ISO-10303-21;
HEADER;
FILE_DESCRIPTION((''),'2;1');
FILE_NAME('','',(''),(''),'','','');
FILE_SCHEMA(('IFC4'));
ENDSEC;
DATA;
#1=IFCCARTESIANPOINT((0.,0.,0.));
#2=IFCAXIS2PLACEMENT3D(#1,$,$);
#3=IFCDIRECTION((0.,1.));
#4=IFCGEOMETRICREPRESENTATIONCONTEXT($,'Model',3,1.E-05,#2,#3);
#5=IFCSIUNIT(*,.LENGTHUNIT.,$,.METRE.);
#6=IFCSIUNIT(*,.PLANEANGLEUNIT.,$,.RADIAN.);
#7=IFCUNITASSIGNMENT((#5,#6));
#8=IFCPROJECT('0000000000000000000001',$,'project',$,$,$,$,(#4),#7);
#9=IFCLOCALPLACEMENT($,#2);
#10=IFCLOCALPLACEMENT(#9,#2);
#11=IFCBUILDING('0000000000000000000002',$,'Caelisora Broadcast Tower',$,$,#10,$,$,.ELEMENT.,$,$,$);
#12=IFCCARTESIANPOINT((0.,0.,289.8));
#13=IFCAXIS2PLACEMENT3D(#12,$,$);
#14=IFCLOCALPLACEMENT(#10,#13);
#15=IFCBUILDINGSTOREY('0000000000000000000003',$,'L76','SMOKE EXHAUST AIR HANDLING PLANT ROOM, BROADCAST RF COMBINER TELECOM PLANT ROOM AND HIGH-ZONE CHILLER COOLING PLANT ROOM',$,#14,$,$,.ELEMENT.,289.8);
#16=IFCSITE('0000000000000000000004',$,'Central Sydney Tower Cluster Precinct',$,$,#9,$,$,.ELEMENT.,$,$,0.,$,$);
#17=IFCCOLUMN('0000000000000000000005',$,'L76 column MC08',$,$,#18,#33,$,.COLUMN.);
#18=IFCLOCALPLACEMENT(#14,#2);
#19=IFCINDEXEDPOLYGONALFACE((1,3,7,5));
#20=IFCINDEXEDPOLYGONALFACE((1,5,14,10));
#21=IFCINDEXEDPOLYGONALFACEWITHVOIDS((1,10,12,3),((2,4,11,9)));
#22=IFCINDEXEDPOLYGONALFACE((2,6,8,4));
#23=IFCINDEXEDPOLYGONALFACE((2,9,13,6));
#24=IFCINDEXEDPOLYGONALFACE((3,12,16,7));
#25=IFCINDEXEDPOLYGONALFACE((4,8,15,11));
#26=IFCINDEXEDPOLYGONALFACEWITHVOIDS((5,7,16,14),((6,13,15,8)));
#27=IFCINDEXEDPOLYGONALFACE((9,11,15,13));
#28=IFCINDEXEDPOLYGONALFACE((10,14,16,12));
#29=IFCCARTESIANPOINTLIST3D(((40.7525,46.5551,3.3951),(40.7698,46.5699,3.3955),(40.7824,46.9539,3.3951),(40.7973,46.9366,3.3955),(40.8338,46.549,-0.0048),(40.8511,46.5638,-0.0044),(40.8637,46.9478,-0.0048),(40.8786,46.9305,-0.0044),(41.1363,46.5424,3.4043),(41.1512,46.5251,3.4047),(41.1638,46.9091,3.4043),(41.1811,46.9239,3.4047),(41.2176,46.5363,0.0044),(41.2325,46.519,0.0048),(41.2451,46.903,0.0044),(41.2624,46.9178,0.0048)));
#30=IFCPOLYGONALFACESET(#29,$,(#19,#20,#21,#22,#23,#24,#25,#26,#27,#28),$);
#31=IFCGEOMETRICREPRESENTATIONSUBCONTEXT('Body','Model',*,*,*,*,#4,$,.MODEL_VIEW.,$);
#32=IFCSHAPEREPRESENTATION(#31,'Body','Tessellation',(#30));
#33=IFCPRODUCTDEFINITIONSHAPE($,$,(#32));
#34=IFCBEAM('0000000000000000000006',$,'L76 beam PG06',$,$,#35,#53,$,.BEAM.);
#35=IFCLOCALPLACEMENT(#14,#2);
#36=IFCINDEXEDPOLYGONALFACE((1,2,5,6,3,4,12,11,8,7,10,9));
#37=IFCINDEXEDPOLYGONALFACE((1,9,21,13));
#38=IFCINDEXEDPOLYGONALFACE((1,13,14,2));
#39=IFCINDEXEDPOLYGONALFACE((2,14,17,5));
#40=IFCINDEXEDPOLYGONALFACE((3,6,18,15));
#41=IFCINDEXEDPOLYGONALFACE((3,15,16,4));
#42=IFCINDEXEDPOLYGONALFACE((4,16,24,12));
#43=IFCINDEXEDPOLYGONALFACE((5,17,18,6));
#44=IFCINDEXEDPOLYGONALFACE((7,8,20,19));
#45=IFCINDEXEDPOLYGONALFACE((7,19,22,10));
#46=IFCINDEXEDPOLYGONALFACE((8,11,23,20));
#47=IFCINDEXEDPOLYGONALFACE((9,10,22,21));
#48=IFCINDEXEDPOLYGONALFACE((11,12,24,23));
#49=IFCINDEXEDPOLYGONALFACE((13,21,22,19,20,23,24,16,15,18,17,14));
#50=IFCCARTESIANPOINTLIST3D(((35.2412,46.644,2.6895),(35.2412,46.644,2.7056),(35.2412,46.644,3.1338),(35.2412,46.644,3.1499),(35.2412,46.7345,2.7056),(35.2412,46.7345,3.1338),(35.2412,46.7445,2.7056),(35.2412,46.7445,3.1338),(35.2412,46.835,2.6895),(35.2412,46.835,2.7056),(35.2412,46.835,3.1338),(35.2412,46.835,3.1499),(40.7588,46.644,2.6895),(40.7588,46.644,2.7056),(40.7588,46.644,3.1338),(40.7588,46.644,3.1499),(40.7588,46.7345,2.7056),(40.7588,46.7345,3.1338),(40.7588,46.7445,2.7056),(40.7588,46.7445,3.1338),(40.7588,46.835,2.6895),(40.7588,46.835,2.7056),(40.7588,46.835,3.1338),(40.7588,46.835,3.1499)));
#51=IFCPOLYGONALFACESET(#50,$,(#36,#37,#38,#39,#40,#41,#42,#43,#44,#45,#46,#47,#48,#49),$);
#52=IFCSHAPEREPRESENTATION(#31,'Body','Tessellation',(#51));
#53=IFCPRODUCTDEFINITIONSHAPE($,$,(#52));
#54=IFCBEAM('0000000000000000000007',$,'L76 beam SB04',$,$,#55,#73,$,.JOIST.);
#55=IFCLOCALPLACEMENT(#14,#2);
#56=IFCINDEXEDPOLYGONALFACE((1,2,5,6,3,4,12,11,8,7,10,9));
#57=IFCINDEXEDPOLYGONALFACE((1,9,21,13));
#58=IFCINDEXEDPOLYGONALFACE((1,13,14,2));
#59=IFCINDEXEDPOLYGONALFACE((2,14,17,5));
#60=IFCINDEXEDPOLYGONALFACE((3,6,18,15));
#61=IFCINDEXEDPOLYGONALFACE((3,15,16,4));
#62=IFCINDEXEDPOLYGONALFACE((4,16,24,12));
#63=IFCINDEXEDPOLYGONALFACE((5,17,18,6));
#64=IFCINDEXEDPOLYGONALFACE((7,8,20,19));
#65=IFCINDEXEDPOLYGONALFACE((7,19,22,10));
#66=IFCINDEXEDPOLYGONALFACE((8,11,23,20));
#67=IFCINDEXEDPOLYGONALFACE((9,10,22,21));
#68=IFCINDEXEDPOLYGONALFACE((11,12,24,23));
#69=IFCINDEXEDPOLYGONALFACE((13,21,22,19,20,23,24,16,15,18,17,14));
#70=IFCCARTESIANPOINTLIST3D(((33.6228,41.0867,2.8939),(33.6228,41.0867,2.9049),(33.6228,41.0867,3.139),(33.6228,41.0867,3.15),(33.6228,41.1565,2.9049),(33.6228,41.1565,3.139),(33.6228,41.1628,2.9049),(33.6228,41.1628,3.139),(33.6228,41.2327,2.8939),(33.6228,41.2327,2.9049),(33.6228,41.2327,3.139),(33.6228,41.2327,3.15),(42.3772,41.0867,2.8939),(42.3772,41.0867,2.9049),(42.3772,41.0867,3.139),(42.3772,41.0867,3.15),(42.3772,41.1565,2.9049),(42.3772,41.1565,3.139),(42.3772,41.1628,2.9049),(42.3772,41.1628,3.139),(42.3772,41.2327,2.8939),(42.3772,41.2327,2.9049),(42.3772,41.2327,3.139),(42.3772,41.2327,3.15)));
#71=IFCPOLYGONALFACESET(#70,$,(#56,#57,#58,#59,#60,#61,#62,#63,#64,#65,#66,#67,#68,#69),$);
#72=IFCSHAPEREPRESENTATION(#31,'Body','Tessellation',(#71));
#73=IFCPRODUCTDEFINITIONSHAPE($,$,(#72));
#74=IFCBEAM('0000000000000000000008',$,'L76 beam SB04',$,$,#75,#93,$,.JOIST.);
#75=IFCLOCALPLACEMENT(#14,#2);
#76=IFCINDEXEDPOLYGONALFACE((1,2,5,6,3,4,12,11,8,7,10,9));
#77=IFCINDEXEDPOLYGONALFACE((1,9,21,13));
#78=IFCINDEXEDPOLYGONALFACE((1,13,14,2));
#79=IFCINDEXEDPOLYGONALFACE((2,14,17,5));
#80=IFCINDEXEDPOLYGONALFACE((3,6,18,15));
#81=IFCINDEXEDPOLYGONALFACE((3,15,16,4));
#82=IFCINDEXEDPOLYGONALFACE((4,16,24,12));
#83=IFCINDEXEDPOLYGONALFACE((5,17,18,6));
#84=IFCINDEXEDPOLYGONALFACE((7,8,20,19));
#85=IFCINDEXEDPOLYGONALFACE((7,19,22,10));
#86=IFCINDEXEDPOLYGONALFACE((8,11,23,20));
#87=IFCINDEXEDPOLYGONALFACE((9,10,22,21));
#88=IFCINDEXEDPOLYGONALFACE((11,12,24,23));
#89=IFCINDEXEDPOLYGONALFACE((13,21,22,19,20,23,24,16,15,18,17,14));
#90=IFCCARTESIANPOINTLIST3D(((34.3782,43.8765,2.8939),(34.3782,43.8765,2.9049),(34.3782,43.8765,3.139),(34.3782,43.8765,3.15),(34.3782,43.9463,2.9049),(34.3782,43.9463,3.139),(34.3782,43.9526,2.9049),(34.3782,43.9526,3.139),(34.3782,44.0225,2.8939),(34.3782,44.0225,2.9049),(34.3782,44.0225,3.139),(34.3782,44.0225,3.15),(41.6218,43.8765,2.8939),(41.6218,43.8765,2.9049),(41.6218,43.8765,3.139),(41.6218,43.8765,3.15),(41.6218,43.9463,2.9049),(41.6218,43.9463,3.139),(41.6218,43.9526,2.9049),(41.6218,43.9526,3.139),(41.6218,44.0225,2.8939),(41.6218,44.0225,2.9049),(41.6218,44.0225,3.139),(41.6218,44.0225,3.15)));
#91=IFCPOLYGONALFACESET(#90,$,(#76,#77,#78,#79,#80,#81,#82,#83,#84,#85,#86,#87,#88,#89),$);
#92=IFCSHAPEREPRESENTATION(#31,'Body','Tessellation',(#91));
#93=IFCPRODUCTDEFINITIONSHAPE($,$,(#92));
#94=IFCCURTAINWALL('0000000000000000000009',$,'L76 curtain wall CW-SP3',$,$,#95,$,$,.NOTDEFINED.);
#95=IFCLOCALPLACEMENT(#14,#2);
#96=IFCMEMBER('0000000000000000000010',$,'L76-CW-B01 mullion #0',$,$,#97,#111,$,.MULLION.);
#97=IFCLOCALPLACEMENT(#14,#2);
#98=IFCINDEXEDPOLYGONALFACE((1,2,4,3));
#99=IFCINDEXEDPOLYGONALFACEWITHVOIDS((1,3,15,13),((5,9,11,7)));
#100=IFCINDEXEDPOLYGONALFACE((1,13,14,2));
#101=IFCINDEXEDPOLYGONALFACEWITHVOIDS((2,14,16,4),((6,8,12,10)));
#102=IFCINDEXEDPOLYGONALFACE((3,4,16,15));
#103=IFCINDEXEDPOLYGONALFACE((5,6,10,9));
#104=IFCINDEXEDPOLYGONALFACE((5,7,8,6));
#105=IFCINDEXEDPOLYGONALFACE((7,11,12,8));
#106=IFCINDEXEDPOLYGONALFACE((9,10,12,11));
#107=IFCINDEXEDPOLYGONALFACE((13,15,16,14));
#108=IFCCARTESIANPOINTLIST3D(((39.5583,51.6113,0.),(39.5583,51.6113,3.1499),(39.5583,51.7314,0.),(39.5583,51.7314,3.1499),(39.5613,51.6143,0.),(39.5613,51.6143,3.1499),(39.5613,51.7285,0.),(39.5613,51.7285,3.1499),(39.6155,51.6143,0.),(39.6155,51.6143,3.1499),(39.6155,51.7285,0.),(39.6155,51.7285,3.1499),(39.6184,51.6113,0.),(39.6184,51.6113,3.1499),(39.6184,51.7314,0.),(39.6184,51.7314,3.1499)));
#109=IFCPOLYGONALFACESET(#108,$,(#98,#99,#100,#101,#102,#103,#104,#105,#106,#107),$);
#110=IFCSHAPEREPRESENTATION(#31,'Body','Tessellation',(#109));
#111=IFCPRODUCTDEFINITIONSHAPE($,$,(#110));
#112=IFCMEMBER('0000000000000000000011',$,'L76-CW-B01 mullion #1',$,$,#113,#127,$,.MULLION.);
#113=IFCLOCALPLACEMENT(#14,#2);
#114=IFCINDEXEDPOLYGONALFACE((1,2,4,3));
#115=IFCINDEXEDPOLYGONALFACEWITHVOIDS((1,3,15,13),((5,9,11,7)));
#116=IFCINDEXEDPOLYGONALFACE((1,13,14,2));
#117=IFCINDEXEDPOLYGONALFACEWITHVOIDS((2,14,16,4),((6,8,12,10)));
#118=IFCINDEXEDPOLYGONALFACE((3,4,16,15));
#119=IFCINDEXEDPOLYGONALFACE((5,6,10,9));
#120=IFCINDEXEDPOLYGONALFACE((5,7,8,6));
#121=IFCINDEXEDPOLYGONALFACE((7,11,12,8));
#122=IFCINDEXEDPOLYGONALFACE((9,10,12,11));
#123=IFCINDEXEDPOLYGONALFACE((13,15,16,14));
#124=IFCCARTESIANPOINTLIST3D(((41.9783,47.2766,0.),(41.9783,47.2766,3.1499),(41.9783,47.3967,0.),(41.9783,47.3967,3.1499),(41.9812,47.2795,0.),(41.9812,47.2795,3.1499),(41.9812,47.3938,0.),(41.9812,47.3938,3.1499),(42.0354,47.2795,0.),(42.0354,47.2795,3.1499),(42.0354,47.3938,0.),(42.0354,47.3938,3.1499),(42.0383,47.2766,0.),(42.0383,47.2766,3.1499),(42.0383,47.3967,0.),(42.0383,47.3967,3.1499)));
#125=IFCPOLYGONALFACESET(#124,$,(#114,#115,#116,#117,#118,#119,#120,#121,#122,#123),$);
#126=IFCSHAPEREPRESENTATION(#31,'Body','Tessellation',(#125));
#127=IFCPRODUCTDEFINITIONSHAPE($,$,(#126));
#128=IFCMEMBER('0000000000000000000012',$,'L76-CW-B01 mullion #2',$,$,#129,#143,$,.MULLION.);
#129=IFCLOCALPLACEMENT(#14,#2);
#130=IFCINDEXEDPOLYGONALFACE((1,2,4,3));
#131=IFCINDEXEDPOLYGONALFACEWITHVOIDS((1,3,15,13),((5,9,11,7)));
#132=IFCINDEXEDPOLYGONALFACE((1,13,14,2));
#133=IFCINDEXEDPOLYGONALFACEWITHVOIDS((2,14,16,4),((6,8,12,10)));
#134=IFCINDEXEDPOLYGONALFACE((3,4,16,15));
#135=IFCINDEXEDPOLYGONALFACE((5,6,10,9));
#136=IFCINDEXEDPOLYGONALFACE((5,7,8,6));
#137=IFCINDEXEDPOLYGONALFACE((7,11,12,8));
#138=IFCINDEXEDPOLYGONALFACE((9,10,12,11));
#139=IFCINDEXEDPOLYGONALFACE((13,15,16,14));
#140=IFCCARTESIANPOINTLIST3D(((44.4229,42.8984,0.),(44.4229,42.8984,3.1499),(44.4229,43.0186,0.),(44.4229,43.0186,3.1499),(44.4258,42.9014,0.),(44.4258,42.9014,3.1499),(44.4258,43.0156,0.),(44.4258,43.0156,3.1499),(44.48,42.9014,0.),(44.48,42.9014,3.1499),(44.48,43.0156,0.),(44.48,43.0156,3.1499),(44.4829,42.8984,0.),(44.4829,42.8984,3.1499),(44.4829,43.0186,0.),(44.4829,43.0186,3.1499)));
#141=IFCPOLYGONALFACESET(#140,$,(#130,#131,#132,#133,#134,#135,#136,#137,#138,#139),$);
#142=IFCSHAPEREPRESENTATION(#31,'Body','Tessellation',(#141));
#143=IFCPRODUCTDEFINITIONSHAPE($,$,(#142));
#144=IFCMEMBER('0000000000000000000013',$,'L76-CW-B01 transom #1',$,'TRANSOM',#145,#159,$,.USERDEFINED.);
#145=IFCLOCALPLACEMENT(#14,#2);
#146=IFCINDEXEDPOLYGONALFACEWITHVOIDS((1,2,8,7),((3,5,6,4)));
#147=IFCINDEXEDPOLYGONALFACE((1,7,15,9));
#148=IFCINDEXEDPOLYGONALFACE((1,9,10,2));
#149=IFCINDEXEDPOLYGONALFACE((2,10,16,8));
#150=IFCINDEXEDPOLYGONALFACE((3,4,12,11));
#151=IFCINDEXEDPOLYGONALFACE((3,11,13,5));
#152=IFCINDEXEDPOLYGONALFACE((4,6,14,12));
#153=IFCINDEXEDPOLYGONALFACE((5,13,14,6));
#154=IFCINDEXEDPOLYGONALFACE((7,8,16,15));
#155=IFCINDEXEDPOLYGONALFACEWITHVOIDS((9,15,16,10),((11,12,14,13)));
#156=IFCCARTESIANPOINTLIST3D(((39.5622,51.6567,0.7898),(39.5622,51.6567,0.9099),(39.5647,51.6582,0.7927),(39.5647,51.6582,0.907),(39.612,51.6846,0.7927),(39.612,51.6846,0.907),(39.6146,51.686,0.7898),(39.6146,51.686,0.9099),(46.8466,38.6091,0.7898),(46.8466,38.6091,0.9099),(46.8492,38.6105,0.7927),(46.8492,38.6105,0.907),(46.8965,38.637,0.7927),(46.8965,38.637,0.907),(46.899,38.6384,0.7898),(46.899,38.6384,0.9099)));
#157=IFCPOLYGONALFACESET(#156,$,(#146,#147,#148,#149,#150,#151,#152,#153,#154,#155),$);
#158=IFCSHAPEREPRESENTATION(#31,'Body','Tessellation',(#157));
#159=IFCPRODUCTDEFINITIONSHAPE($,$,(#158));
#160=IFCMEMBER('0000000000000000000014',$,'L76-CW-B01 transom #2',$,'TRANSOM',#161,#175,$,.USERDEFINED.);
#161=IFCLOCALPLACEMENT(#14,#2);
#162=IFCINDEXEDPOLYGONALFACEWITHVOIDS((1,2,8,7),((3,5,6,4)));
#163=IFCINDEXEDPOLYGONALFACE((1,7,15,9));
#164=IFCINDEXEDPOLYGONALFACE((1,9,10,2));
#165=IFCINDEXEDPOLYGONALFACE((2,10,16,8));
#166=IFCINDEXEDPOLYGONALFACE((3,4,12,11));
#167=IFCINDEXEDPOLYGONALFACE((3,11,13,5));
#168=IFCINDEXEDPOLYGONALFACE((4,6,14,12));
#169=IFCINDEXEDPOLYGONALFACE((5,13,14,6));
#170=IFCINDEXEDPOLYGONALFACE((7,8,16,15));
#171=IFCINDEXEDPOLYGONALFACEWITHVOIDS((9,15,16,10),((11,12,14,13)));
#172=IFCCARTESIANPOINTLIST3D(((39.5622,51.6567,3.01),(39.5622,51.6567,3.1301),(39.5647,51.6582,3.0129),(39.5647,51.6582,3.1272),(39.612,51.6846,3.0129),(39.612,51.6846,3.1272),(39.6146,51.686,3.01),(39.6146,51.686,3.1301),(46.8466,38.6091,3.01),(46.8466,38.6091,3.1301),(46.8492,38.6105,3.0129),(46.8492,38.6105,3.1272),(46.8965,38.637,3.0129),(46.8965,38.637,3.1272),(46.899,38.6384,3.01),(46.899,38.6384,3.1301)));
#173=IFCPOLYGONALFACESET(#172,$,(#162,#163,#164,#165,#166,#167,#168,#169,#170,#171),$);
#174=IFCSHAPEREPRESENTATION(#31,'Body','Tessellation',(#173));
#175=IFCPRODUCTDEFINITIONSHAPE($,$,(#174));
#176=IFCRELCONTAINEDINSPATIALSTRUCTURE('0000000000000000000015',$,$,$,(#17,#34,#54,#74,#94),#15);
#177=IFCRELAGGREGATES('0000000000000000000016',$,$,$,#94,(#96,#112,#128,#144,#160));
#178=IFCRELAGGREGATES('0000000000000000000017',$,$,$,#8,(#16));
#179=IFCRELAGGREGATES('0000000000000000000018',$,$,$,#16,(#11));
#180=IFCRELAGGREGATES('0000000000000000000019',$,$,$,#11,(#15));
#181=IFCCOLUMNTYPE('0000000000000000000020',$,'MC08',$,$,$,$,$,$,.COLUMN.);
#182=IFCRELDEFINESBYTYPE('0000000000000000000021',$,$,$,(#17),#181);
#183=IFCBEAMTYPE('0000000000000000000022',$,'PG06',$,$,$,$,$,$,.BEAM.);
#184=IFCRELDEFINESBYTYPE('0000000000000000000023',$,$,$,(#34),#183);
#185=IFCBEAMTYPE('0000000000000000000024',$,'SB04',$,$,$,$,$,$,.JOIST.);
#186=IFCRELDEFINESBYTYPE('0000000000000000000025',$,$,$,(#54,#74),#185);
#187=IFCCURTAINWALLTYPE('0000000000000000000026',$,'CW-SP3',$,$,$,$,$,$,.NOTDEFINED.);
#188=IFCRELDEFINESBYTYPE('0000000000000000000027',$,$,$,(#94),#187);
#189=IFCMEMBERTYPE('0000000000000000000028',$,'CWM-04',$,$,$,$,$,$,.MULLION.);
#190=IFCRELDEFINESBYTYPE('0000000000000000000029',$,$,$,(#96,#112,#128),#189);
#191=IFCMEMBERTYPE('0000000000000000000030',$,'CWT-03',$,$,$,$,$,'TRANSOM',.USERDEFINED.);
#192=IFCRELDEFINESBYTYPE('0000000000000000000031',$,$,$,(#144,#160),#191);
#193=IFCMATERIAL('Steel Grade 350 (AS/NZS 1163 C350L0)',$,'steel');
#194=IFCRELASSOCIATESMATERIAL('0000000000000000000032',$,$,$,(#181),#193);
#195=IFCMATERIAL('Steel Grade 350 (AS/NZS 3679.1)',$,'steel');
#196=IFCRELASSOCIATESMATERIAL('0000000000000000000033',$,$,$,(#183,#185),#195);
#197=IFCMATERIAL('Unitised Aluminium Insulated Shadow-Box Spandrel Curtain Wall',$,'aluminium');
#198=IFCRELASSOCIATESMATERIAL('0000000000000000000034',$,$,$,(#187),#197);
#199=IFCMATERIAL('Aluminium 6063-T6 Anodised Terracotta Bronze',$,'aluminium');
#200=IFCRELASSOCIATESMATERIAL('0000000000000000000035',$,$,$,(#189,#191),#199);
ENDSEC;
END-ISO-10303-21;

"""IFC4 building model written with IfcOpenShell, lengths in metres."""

from ifc_helpers import new_model, si_unit, direction, frame, origin, origin_2d, place, context, subcontext, project, spatial, hollow_rectangle, i_section, extrude, source, transform, mapped, material, material_profile, profile_set, type_object, type_shapes, element, aggregate, save


model = new_model("IFC4")

# Units and contexts
model_context = context("Model", 3, precision=1e-05, world=origin(), true_north=direction((0.0, 1.0)))
body_context = subcontext(model_context, "Body", "Model", "MODEL_VIEW")
ifc_project = project(units=[si_unit("LENGTHUNIT", "METRE"), si_unit("PLANEANGLEUNIT", "RADIAN")], contexts=[model_context])

# Site, building, storey
site_placement = place(None, origin())
site = spatial("IfcSite", under=ifc_project, at=site_placement, Name="Central Sydney Tower Cluster Precinct", CompositionType="ELEMENT", RefElevation=0.0)
building_placement = place(site_placement, origin())
building = spatial("IfcBuilding", under=site, at=building_placement, Name="Caelisora Broadcast Tower", CompositionType="ELEMENT")
storey_placement = place(building_placement, frame((0.0, 0.0, 289.8)))
storey = spatial("IfcBuildingStorey", under=building, at=storey_placement, Name="L76", Description="SMOKE EXHAUST AIR HANDLING PLANT ROOM, BROADCAST RF COMBINER TELECOM PLANT ROOM AND HIGH-ZONE CHILLER COOLING PLANT ROOM", CompositionType="ELEMENT", Elevation=289.8)

# Column
ifc_material_1 = material(Name="Steel Grade 350 (AS/NZS 1163 C350L0)", Category="steel")
ifc_material_profile_1 = material_profile(ifc_material_1, hollow_rectangle(XDim=0.3999, YDim=0.3999, WallThickness=0.0161, at=origin_2d()), Name="Steel Grade 350 (AS/NZS 1163 C350L0)")
ifc_profile_set_1 = profile_set([ifc_material_profile_1], Name="Steel Grade 350 (AS/NZS 1163 C350L0)")
column_type = type_object("IfcColumnType", Name="MC08", PredefinedType="COLUMN", material=ifc_profile_set_1)
shared_shape_1 = source(origin(), body_context, "Body", "SweptSolid", [
    extrude(hollow_rectangle(XDim=0.3999, YDim=0.3999, WallThickness=0.0161, at=origin_2d()), origin(), (0.0, 0.0, 1.0), 3.4009),
])
type_shapes(column_type, [shared_shape_1])
column_placement = place(storey_placement, frame((41.0481, 46.7334, 0.0), z_axis=(-0.023905, 0.001795, 0.999713), x_axis=(-0.074864, -0.997194, 0.0)))
element("IfcColumn", 1, at=column_placement, inside=storey, type_object=column_type, Name="L76 column MC08", PredefinedType="COLUMN", context=body_context, shape_type="MappedRepresentation", body=[
    mapped(shared_shape_1, transform((0.0, 0.0, 0.0), scale=1.0)),
])

# Beams
ifc_material_2 = material(Name="Steel Grade 350 (AS/NZS 3679.1)", Category="steel")
ifc_material_profile_2 = material_profile(ifc_material_2, i_section(OverallWidth=0.1909, OverallDepth=0.4604, WebThickness=0.01, FlangeThickness=0.0161, at=origin_2d()), Name="Steel Grade 350 (AS/NZS 3679.1)")
ifc_profile_set_2 = profile_set([ifc_material_profile_2], Name="Steel Grade 350 (AS/NZS 3679.1)")
beam_type_1 = type_object("IfcBeamType", Name="PG06", PredefinedType="BEAM", material=ifc_profile_set_2)
shared_shape_2 = source(origin(), body_context, "Body", "SweptSolid", [
    extrude(i_section(OverallWidth=0.1909, OverallDepth=0.4604, WebThickness=0.01, FlangeThickness=0.0161, at=origin_2d()), origin(), (0.0, 0.0, 1.0), 5.5176),
])
type_shapes(beam_type_1, [shared_shape_2])
beam_1_placement = place(storey_placement, frame((40.7588, 46.7395, 2.9197), z_axis=(-1.0, 0.0, 0.0), x_axis=(0.0, -1.0, 0.0)))
element("IfcBeam", 2, at=beam_1_placement, inside=storey, type_object=beam_type_1, Name="L76 beam PG06", PredefinedType="BEAM", context=body_context, shape_type="MappedRepresentation", body=[
    mapped(shared_shape_2, transform((0.0, 0.0, 0.0), scale=1.0)),
])
ifc_material_profile_3 = material_profile(ifc_material_2, i_section(OverallWidth=0.146, OverallDepth=0.2561, WebThickness=0.0063, FlangeThickness=0.011, at=origin_2d()), Name="Steel Grade 350 (AS/NZS 3679.1)")
ifc_profile_set_3 = profile_set([ifc_material_profile_3], Name="Steel Grade 350 (AS/NZS 3679.1)")
beam_type_2 = type_object("IfcBeamType", Name="SB04", PredefinedType="JOIST", material=ifc_profile_set_3)
shared_shape_3 = source(origin(), body_context, "Body", "SweptSolid", [
    extrude(i_section(OverallWidth=0.146, OverallDepth=0.2561, WebThickness=0.0063, FlangeThickness=0.011, at=origin_2d()), origin(), (0.0, 0.0, 1.0), 8.7544),
])
beam_2_placement = place(storey_placement, frame((42.3772, 41.1597, 3.022), z_axis=(-1.0, 0.0, 0.0), x_axis=(0.0, -1.0, 0.0)))
element("IfcBeam", 3, at=beam_2_placement, inside=storey, type_object=beam_type_2, Name="L76 beam SB04", PredefinedType="JOIST", context=body_context, shape_type="MappedRepresentation", body=[
    mapped(shared_shape_3, transform((0.0, 0.0, 0.0), scale=1.0)),
])
shared_shape_4 = source(origin(), body_context, "Body", "SweptSolid", [
    extrude(i_section(OverallWidth=0.146, OverallDepth=0.2561, WebThickness=0.0063, FlangeThickness=0.011, at=origin_2d()), origin(), (0.0, 0.0, 1.0), 7.2437),
])
type_shapes(beam_type_2, [shared_shape_3, shared_shape_4])
beam_3_placement = place(storey_placement, frame((41.6218, 43.9495, 3.022), z_axis=(-1.0, 0.0, 0.0), x_axis=(0.0, -1.0, 0.0)))
element("IfcBeam", 4, at=beam_3_placement, inside=storey, type_object=beam_type_2, Name="L76 beam SB04", PredefinedType="JOIST", context=body_context, shape_type="MappedRepresentation", body=[
    mapped(shared_shape_4, transform((0.0, 0.0, 0.0), scale=1.0)),
])

# Curtain wall, members
ifc_material_3 = material(Name="Unitised Aluminium Insulated Shadow-Box Spandrel Curtain Wall", Category="aluminium")
curtain_wall_type = type_object("IfcCurtainWallType", Name="CW-SP3", PredefinedType="NOTDEFINED", material=ifc_material_3)
curtain_wall_placement = place(storey_placement, origin())
curtain_wall = element("IfcCurtainWall", 5, at=curtain_wall_placement, inside=storey, type_object=curtain_wall_type, Name="L76 curtain wall CW-SP3", PredefinedType="NOTDEFINED")
ifc_material_4 = material(Name="Aluminium 6063-T6 Anodised Terracotta Bronze", Category="aluminium")
ifc_material_profile_4 = material_profile(ifc_material_4, hollow_rectangle(XDim=0.0601, YDim=0.1201, WallThickness=0.0029, at=origin_2d()), Name="Aluminium 6063-T6 Anodised Terracotta Bronze")
ifc_profile_set_4 = profile_set([ifc_material_profile_4], Name="Aluminium 6063-T6 Anodised Terracotta Bronze")
member_type_1 = type_object("IfcMemberType", Name="CWM-04", PredefinedType="MULLION", material=ifc_profile_set_4)
shared_shape_5 = source(origin(), body_context, "Body", "SweptSolid", [
    extrude(hollow_rectangle(XDim=0.0601, YDim=0.1201, WallThickness=0.0029, at=origin_2d()), origin(), (0.0, 0.0, 1.0), 3.1499),
])
type_shapes(member_type_1, [shared_shape_5])
member_1_placement = place(storey_placement, frame((39.5884, 51.6714, 0.0), z_axis=(0.0, 0.0, 1.0), x_axis=(1.0, 0.0, 0.0)))
member_1 = element("IfcMember", 6, at=member_1_placement, type_object=member_type_1, Name="L76-CW-B01 mullion #0", PredefinedType="MULLION", context=body_context, shape_type="MappedRepresentation", body=[
    mapped(shared_shape_5, transform((0.0, 0.0, 0.0), scale=1.0)),
])
member_2_placement = place(storey_placement, frame((42.0083, 47.3367, 0.0), z_axis=(0.0, 0.0, 1.0), x_axis=(1.0, 0.0, 0.0)))
member_2 = element("IfcMember", 7, at=member_2_placement, type_object=member_type_1, Name="L76-CW-B01 mullion #1", PredefinedType="MULLION", context=body_context, shape_type="MappedRepresentation", body=[
    mapped(shared_shape_5, transform((0.0, 0.0, 0.0), scale=1.0)),
])
member_3_placement = place(storey_placement, frame((44.4529, 42.9585, 0.0), z_axis=(0.0, 0.0, 1.0), x_axis=(1.0, 0.0, 0.0)))
member_3 = element("IfcMember", 8, at=member_3_placement, type_object=member_type_1, Name="L76-CW-B01 mullion #2", PredefinedType="MULLION", context=body_context, shape_type="MappedRepresentation", body=[
    mapped(shared_shape_5, transform((0.0, 0.0, 0.0), scale=1.0)),
])
ifc_material_profile_5 = material_profile(ifc_material_4, hollow_rectangle(XDim=0.0601, YDim=0.1201, WallThickness=0.0029, at=origin_2d()), Name="Aluminium 6063-T6 Anodised Terracotta Bronze")
ifc_profile_set_5 = profile_set([ifc_material_profile_5], Name="Aluminium 6063-T6 Anodised Terracotta Bronze")
member_type_2 = type_object("IfcMemberType", Name="CWT-03", ElementType="TRANSOM", PredefinedType="USERDEFINED", material=ifc_profile_set_5)
shared_shape_6 = source(origin(), body_context, "Body", "SweptSolid", [
    extrude(hollow_rectangle(XDim=0.0601, YDim=0.1201, WallThickness=0.0029, at=origin_2d()), origin(), (0.0, 0.0, 1.0), 14.9434),
])
type_shapes(member_type_2, [shared_shape_6])
member_4_placement = place(storey_placement, frame((39.5884, 51.6714, 0.8499), z_axis=(0.48747, -0.87314, 0.0), x_axis=(0.87314, 0.48747, 0.0)))
member_4 = element("IfcMember", 9, at=member_4_placement, type_object=member_type_2, Name="L76-CW-B01 transom #1", ObjectType="TRANSOM", PredefinedType="USERDEFINED", context=body_context, shape_type="MappedRepresentation", body=[
    mapped(shared_shape_6, transform((0.0, 0.0, 0.0), scale=1.0)),
])
member_5_placement = place(storey_placement, frame((39.5884, 51.6714, 3.0701), z_axis=(0.48747, -0.87314, 0.0), x_axis=(0.87314, 0.48747, 0.0)))
member_5 = element("IfcMember", 10, at=member_5_placement, type_object=member_type_2, Name="L76-CW-B01 transom #2", ObjectType="TRANSOM", PredefinedType="USERDEFINED", context=body_context, shape_type="MappedRepresentation", body=[
    mapped(shared_shape_6, transform((0.0, 0.0, 0.0), scale=1.0)),
])
aggregate(curtain_wall, [member_1, member_2, member_3, member_4, member_5])

save(model, "model.ifc")
